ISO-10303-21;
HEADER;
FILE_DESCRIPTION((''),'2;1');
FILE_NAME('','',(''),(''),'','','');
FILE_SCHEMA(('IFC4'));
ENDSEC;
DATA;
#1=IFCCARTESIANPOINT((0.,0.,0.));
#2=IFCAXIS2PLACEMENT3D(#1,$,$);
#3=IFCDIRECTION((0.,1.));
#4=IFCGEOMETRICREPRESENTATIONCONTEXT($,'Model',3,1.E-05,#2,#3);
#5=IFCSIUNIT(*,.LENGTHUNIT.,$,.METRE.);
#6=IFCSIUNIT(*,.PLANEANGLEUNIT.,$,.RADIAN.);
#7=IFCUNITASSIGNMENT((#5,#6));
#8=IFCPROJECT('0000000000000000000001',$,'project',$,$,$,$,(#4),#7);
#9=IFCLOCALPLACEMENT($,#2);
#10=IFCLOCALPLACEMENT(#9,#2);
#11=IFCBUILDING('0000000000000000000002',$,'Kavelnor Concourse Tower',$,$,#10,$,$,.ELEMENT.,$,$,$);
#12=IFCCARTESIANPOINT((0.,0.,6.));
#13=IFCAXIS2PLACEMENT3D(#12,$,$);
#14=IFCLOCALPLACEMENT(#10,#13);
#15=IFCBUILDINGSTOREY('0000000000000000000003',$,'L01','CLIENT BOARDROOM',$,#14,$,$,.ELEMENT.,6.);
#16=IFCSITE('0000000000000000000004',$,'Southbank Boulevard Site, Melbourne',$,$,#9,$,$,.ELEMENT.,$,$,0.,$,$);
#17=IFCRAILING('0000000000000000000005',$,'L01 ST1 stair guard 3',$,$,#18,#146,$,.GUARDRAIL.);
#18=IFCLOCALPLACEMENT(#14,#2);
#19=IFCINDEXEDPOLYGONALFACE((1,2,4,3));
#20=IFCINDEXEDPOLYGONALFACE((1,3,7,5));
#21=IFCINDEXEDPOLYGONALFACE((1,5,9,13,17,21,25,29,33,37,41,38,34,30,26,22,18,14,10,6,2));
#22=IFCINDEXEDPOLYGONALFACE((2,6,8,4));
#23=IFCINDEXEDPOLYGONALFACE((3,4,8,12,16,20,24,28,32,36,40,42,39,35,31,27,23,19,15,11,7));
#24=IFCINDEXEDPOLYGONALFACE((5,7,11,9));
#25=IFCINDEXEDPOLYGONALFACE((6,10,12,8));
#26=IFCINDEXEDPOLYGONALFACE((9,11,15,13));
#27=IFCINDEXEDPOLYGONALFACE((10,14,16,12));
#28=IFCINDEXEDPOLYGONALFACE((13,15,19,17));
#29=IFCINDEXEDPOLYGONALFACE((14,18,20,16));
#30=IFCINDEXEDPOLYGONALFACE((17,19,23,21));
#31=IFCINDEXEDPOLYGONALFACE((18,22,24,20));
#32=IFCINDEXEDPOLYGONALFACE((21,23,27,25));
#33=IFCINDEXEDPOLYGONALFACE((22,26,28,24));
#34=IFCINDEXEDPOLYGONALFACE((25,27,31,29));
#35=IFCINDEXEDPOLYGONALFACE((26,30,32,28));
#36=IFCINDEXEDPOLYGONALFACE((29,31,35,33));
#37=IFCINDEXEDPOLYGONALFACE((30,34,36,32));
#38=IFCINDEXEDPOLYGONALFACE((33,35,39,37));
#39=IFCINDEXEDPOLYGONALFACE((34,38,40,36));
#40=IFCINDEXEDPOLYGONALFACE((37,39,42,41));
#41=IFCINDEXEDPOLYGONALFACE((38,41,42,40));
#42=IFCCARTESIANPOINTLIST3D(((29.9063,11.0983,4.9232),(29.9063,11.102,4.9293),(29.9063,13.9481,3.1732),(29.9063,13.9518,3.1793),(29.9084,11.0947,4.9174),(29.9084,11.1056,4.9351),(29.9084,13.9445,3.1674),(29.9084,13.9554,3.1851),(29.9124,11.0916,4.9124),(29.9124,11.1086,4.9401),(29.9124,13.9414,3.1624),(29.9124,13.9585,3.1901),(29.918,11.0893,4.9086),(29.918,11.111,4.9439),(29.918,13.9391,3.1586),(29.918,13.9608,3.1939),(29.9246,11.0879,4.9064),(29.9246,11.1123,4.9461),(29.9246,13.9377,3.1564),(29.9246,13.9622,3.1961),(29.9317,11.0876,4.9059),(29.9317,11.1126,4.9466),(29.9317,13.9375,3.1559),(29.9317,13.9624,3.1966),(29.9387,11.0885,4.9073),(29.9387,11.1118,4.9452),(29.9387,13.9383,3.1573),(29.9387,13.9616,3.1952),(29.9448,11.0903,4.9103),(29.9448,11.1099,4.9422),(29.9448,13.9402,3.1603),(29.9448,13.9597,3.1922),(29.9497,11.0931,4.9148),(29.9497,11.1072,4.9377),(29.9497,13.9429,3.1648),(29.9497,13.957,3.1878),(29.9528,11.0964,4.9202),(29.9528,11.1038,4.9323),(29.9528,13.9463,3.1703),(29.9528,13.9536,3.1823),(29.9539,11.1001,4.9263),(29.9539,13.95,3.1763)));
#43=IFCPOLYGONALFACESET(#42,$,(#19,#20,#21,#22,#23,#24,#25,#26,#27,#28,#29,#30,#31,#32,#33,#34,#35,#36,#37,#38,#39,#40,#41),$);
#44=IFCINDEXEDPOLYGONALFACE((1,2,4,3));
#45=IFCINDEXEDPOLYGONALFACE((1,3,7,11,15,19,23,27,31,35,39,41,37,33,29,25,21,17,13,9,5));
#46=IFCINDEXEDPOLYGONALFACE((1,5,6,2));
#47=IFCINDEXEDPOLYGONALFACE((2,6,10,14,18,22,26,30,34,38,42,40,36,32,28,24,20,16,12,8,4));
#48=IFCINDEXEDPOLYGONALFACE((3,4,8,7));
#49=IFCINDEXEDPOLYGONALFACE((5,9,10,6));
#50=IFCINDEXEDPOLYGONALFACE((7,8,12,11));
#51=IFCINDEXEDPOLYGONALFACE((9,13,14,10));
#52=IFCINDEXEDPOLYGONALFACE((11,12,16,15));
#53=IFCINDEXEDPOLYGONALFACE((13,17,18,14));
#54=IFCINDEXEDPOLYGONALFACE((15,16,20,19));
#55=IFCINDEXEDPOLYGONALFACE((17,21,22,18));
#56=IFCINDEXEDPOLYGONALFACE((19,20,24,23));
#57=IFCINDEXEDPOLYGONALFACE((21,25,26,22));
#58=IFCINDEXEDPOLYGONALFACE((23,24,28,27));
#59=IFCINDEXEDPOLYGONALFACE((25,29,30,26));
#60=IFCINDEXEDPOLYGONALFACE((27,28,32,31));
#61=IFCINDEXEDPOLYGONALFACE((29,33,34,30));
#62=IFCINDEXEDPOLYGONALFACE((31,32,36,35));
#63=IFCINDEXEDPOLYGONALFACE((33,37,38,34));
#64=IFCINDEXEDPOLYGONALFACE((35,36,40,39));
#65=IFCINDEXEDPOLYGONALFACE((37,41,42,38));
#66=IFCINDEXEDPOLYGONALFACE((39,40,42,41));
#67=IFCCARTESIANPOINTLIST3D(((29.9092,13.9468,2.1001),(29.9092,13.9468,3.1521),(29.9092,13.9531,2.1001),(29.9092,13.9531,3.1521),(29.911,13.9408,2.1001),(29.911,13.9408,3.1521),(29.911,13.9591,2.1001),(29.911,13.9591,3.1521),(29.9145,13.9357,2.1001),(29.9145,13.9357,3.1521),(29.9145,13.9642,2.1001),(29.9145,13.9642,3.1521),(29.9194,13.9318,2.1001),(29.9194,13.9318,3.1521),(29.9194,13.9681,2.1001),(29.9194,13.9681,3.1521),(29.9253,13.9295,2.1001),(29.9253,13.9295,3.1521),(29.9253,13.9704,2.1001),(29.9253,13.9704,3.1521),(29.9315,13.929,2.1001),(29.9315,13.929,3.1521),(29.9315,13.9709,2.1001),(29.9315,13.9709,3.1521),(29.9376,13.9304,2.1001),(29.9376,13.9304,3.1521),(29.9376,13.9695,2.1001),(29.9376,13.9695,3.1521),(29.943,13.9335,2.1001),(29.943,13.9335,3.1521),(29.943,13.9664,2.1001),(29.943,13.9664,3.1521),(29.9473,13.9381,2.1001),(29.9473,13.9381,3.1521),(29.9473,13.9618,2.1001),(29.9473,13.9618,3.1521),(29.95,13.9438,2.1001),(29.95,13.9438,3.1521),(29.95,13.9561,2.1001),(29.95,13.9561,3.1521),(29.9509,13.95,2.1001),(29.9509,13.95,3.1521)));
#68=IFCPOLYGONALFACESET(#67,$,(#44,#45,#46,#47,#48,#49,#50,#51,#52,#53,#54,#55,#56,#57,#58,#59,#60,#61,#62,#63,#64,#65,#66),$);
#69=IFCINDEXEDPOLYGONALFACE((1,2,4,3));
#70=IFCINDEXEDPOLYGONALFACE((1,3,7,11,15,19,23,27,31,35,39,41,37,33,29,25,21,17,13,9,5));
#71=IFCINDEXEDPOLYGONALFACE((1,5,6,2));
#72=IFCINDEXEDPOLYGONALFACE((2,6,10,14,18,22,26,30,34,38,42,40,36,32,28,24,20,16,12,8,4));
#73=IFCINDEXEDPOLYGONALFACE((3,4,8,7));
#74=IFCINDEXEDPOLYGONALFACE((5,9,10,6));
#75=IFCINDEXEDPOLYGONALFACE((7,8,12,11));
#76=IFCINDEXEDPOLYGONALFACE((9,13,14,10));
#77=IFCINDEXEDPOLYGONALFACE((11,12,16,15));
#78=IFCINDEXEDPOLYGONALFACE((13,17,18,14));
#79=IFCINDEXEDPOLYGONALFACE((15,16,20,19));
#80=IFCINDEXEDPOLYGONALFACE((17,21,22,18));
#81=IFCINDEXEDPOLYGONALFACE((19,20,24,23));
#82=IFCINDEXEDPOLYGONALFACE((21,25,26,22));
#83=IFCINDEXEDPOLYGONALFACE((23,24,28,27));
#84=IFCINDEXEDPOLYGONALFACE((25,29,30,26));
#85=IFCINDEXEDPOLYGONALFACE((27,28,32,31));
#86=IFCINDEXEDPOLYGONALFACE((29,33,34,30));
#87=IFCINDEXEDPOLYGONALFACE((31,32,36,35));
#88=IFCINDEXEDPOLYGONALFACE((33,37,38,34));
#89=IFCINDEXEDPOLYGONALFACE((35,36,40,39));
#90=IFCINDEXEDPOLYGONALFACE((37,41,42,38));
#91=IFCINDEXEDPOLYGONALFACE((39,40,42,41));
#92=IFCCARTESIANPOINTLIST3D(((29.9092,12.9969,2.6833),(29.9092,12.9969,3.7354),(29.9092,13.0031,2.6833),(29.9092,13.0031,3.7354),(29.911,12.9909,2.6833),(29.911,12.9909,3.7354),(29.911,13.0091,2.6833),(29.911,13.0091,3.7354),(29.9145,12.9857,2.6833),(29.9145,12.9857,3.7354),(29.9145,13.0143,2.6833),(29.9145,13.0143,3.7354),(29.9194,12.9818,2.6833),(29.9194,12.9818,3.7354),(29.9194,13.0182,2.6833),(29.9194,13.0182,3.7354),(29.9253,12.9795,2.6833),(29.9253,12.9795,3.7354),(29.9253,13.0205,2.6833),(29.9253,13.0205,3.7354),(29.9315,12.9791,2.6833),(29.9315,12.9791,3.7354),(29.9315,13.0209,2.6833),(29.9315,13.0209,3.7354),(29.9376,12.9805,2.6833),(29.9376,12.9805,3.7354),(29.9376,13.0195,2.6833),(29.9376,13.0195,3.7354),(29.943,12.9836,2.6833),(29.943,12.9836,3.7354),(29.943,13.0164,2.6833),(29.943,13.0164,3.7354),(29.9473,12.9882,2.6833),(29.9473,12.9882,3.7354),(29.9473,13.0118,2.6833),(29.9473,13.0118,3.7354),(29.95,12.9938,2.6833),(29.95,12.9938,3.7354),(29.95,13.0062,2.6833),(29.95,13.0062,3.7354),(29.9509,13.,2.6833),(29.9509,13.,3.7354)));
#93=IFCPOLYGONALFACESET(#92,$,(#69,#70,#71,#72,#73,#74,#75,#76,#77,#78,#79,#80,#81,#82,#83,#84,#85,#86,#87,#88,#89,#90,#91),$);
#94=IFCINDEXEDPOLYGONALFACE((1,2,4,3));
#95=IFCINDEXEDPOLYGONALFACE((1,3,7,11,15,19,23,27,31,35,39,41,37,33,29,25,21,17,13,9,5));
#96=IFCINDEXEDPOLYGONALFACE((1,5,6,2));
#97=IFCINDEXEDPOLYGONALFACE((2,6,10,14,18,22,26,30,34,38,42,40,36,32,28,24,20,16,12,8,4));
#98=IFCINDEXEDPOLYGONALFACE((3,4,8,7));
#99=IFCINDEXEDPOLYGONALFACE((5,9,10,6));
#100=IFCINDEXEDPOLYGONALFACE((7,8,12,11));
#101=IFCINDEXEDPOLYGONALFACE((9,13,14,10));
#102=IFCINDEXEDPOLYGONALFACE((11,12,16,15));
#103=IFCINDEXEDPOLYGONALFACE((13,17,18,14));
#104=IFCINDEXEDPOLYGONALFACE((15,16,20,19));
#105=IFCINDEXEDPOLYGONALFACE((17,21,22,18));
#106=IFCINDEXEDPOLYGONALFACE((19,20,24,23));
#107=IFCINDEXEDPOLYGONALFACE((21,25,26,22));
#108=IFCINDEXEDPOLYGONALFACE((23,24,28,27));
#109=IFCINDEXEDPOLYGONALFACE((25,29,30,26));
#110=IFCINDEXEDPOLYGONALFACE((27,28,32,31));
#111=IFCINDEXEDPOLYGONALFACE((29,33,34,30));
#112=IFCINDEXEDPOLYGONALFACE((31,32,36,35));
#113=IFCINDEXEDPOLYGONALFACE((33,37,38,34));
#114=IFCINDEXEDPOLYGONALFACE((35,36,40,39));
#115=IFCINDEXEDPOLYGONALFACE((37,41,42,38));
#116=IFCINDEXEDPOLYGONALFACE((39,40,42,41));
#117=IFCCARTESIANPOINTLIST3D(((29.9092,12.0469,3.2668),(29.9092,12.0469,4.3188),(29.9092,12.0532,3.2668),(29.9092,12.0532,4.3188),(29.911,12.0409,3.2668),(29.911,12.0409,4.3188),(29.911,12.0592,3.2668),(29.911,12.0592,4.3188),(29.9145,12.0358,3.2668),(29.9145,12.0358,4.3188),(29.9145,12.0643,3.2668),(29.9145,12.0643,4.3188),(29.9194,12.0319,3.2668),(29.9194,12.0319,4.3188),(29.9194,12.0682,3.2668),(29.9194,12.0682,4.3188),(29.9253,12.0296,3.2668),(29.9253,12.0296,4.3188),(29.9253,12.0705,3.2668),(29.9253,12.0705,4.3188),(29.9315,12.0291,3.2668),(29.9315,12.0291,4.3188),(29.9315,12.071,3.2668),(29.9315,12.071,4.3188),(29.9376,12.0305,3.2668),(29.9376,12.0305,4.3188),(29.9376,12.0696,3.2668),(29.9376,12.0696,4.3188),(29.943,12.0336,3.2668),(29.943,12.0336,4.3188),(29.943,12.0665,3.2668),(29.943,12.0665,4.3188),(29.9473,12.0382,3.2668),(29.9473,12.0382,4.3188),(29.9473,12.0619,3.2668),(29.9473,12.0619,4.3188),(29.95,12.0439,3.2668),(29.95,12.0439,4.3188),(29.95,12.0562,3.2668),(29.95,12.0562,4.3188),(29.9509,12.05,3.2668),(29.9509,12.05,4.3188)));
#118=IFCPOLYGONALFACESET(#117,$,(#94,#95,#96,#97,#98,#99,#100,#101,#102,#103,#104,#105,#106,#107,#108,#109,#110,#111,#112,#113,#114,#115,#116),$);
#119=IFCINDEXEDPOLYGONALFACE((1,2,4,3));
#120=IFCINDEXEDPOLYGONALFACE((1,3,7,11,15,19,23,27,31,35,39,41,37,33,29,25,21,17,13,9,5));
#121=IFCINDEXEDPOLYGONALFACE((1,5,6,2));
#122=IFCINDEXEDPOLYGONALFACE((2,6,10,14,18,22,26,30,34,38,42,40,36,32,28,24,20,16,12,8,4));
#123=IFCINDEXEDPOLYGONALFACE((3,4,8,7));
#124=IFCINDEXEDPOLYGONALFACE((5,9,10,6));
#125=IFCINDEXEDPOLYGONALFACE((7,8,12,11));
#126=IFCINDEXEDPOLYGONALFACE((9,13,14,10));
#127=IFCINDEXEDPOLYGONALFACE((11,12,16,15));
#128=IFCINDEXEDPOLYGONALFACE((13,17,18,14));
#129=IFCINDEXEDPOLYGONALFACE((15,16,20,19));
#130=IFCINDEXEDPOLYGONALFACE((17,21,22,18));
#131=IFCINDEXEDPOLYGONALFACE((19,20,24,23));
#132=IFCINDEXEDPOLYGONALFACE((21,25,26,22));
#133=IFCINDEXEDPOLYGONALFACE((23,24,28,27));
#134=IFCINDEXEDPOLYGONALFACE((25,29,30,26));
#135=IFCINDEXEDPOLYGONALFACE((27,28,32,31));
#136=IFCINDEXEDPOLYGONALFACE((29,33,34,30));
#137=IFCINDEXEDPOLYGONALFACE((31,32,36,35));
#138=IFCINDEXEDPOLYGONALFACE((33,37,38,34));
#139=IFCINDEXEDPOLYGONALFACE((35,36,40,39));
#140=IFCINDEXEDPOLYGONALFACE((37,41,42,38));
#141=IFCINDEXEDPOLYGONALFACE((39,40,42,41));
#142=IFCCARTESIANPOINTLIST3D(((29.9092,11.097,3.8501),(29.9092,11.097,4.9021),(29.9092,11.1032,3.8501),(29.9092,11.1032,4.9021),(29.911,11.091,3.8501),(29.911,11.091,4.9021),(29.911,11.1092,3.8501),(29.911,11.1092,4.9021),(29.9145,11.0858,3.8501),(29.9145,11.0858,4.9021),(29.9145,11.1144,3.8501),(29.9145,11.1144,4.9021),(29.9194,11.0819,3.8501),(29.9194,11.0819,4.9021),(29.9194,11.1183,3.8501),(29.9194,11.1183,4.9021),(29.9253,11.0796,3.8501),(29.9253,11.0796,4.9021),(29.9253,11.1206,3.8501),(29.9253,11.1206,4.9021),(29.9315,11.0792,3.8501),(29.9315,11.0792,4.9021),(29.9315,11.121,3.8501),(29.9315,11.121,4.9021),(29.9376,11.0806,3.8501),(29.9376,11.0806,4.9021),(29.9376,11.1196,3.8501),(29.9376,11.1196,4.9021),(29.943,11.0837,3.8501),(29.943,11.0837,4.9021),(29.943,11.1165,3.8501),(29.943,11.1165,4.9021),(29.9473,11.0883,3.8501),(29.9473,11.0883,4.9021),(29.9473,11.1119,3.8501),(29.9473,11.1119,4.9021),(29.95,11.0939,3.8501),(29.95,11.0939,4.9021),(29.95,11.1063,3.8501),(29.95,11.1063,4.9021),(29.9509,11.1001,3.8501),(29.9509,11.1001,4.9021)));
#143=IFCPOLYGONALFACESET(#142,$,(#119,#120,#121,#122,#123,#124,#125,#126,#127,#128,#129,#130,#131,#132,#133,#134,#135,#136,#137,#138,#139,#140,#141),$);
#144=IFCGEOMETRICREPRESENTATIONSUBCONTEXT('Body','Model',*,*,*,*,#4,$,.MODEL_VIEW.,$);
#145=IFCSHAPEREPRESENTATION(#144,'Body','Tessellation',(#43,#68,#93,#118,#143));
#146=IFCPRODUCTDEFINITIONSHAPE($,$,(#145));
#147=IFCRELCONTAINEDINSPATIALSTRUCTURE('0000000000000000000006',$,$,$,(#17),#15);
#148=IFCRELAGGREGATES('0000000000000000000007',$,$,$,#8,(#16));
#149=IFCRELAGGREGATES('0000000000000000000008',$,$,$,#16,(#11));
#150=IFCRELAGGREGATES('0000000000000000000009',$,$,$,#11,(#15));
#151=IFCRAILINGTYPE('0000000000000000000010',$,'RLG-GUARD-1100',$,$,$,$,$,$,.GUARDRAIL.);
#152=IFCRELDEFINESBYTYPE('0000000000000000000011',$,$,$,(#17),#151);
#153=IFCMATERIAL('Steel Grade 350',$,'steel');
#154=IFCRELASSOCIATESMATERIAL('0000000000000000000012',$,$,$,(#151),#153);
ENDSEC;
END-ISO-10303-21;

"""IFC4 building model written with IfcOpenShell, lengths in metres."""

from ifc_helpers import new_model, si_unit, direction, frame, origin, origin_2d, place, context, subcontext, project, spatial, circle, extrude, material, type_object, element, save


model = new_model("IFC4")

# Units and contexts
model_context = context("Model", 3, precision=1e-05, world=origin(), true_north=direction((0.0, 1.0)))
body_context = subcontext(model_context, "Body", "Model", "MODEL_VIEW")
ifc_project = project(units=[si_unit("LENGTHUNIT", "METRE"), si_unit("PLANEANGLEUNIT", "RADIAN")], contexts=[model_context])

# Site, building, storey
site_placement = place(None, origin())
site = spatial("IfcSite", under=ifc_project, at=site_placement, Name="Southbank Boulevard Site, Melbourne", CompositionType="ELEMENT", RefElevation=0.0)
building_placement = place(site_placement, origin())
building = spatial("IfcBuilding", under=site, at=building_placement, Name="Kavelnor Concourse Tower", CompositionType="ELEMENT")
storey_placement = place(building_placement, frame((0.0, 0.0, 6.0)))
storey = spatial("IfcBuildingStorey", under=building, at=storey_placement, Name="L01", Description="CLIENT BOARDROOM", CompositionType="ELEMENT", Elevation=6.0)

# Shared definitions
ifc_material_1 = material(Name="Steel Grade 350", Category="steel")

# Railing
railing_type_1 = type_object("IfcRailingType", Name="RLG-GUARD-1100", PredefinedType="GUARDRAIL", material=ifc_material_1)
railing_1_placement = place(storey_placement, frame((29.9299, 13.95, 2.1001)))
element("IfcRailing", 1, at=railing_1_placement, inside=storey, type_object=railing_type_1, Name="L01 ST1 stair guard 3", PredefinedType="GUARDRAIL", context=body_context, shape_type="SweptSolid", body=[
    extrude(circle(Radius=0.0239, at=origin_2d()), frame((0.0, 0.0, 1.0762), z_axis=(0.0, -0.852159, 0.523283), x_axis=(1.0, 0.0, 0.0)), (0.0, 0.0, 1.0), 3.3442),
    extrude(circle(Radius=0.021, at=origin_2d()), origin(), (0.0, 0.0, 1.0), 1.052),
    extrude(circle(Radius=0.021, at=origin_2d()), frame((0.0, -0.95, 0.5833)), (0.0, 0.0, 1.0), 1.052),
    extrude(circle(Radius=0.021, at=origin_2d()), frame((0.0, -1.8999, 1.1667)), (0.0, 0.0, 1.0), 1.052),
    extrude(circle(Radius=0.021, at=origin_2d()), frame((0.0, -2.8499, 1.75)), (0.0, 0.0, 1.0), 1.052),
])

save(model, "model.ifc")
